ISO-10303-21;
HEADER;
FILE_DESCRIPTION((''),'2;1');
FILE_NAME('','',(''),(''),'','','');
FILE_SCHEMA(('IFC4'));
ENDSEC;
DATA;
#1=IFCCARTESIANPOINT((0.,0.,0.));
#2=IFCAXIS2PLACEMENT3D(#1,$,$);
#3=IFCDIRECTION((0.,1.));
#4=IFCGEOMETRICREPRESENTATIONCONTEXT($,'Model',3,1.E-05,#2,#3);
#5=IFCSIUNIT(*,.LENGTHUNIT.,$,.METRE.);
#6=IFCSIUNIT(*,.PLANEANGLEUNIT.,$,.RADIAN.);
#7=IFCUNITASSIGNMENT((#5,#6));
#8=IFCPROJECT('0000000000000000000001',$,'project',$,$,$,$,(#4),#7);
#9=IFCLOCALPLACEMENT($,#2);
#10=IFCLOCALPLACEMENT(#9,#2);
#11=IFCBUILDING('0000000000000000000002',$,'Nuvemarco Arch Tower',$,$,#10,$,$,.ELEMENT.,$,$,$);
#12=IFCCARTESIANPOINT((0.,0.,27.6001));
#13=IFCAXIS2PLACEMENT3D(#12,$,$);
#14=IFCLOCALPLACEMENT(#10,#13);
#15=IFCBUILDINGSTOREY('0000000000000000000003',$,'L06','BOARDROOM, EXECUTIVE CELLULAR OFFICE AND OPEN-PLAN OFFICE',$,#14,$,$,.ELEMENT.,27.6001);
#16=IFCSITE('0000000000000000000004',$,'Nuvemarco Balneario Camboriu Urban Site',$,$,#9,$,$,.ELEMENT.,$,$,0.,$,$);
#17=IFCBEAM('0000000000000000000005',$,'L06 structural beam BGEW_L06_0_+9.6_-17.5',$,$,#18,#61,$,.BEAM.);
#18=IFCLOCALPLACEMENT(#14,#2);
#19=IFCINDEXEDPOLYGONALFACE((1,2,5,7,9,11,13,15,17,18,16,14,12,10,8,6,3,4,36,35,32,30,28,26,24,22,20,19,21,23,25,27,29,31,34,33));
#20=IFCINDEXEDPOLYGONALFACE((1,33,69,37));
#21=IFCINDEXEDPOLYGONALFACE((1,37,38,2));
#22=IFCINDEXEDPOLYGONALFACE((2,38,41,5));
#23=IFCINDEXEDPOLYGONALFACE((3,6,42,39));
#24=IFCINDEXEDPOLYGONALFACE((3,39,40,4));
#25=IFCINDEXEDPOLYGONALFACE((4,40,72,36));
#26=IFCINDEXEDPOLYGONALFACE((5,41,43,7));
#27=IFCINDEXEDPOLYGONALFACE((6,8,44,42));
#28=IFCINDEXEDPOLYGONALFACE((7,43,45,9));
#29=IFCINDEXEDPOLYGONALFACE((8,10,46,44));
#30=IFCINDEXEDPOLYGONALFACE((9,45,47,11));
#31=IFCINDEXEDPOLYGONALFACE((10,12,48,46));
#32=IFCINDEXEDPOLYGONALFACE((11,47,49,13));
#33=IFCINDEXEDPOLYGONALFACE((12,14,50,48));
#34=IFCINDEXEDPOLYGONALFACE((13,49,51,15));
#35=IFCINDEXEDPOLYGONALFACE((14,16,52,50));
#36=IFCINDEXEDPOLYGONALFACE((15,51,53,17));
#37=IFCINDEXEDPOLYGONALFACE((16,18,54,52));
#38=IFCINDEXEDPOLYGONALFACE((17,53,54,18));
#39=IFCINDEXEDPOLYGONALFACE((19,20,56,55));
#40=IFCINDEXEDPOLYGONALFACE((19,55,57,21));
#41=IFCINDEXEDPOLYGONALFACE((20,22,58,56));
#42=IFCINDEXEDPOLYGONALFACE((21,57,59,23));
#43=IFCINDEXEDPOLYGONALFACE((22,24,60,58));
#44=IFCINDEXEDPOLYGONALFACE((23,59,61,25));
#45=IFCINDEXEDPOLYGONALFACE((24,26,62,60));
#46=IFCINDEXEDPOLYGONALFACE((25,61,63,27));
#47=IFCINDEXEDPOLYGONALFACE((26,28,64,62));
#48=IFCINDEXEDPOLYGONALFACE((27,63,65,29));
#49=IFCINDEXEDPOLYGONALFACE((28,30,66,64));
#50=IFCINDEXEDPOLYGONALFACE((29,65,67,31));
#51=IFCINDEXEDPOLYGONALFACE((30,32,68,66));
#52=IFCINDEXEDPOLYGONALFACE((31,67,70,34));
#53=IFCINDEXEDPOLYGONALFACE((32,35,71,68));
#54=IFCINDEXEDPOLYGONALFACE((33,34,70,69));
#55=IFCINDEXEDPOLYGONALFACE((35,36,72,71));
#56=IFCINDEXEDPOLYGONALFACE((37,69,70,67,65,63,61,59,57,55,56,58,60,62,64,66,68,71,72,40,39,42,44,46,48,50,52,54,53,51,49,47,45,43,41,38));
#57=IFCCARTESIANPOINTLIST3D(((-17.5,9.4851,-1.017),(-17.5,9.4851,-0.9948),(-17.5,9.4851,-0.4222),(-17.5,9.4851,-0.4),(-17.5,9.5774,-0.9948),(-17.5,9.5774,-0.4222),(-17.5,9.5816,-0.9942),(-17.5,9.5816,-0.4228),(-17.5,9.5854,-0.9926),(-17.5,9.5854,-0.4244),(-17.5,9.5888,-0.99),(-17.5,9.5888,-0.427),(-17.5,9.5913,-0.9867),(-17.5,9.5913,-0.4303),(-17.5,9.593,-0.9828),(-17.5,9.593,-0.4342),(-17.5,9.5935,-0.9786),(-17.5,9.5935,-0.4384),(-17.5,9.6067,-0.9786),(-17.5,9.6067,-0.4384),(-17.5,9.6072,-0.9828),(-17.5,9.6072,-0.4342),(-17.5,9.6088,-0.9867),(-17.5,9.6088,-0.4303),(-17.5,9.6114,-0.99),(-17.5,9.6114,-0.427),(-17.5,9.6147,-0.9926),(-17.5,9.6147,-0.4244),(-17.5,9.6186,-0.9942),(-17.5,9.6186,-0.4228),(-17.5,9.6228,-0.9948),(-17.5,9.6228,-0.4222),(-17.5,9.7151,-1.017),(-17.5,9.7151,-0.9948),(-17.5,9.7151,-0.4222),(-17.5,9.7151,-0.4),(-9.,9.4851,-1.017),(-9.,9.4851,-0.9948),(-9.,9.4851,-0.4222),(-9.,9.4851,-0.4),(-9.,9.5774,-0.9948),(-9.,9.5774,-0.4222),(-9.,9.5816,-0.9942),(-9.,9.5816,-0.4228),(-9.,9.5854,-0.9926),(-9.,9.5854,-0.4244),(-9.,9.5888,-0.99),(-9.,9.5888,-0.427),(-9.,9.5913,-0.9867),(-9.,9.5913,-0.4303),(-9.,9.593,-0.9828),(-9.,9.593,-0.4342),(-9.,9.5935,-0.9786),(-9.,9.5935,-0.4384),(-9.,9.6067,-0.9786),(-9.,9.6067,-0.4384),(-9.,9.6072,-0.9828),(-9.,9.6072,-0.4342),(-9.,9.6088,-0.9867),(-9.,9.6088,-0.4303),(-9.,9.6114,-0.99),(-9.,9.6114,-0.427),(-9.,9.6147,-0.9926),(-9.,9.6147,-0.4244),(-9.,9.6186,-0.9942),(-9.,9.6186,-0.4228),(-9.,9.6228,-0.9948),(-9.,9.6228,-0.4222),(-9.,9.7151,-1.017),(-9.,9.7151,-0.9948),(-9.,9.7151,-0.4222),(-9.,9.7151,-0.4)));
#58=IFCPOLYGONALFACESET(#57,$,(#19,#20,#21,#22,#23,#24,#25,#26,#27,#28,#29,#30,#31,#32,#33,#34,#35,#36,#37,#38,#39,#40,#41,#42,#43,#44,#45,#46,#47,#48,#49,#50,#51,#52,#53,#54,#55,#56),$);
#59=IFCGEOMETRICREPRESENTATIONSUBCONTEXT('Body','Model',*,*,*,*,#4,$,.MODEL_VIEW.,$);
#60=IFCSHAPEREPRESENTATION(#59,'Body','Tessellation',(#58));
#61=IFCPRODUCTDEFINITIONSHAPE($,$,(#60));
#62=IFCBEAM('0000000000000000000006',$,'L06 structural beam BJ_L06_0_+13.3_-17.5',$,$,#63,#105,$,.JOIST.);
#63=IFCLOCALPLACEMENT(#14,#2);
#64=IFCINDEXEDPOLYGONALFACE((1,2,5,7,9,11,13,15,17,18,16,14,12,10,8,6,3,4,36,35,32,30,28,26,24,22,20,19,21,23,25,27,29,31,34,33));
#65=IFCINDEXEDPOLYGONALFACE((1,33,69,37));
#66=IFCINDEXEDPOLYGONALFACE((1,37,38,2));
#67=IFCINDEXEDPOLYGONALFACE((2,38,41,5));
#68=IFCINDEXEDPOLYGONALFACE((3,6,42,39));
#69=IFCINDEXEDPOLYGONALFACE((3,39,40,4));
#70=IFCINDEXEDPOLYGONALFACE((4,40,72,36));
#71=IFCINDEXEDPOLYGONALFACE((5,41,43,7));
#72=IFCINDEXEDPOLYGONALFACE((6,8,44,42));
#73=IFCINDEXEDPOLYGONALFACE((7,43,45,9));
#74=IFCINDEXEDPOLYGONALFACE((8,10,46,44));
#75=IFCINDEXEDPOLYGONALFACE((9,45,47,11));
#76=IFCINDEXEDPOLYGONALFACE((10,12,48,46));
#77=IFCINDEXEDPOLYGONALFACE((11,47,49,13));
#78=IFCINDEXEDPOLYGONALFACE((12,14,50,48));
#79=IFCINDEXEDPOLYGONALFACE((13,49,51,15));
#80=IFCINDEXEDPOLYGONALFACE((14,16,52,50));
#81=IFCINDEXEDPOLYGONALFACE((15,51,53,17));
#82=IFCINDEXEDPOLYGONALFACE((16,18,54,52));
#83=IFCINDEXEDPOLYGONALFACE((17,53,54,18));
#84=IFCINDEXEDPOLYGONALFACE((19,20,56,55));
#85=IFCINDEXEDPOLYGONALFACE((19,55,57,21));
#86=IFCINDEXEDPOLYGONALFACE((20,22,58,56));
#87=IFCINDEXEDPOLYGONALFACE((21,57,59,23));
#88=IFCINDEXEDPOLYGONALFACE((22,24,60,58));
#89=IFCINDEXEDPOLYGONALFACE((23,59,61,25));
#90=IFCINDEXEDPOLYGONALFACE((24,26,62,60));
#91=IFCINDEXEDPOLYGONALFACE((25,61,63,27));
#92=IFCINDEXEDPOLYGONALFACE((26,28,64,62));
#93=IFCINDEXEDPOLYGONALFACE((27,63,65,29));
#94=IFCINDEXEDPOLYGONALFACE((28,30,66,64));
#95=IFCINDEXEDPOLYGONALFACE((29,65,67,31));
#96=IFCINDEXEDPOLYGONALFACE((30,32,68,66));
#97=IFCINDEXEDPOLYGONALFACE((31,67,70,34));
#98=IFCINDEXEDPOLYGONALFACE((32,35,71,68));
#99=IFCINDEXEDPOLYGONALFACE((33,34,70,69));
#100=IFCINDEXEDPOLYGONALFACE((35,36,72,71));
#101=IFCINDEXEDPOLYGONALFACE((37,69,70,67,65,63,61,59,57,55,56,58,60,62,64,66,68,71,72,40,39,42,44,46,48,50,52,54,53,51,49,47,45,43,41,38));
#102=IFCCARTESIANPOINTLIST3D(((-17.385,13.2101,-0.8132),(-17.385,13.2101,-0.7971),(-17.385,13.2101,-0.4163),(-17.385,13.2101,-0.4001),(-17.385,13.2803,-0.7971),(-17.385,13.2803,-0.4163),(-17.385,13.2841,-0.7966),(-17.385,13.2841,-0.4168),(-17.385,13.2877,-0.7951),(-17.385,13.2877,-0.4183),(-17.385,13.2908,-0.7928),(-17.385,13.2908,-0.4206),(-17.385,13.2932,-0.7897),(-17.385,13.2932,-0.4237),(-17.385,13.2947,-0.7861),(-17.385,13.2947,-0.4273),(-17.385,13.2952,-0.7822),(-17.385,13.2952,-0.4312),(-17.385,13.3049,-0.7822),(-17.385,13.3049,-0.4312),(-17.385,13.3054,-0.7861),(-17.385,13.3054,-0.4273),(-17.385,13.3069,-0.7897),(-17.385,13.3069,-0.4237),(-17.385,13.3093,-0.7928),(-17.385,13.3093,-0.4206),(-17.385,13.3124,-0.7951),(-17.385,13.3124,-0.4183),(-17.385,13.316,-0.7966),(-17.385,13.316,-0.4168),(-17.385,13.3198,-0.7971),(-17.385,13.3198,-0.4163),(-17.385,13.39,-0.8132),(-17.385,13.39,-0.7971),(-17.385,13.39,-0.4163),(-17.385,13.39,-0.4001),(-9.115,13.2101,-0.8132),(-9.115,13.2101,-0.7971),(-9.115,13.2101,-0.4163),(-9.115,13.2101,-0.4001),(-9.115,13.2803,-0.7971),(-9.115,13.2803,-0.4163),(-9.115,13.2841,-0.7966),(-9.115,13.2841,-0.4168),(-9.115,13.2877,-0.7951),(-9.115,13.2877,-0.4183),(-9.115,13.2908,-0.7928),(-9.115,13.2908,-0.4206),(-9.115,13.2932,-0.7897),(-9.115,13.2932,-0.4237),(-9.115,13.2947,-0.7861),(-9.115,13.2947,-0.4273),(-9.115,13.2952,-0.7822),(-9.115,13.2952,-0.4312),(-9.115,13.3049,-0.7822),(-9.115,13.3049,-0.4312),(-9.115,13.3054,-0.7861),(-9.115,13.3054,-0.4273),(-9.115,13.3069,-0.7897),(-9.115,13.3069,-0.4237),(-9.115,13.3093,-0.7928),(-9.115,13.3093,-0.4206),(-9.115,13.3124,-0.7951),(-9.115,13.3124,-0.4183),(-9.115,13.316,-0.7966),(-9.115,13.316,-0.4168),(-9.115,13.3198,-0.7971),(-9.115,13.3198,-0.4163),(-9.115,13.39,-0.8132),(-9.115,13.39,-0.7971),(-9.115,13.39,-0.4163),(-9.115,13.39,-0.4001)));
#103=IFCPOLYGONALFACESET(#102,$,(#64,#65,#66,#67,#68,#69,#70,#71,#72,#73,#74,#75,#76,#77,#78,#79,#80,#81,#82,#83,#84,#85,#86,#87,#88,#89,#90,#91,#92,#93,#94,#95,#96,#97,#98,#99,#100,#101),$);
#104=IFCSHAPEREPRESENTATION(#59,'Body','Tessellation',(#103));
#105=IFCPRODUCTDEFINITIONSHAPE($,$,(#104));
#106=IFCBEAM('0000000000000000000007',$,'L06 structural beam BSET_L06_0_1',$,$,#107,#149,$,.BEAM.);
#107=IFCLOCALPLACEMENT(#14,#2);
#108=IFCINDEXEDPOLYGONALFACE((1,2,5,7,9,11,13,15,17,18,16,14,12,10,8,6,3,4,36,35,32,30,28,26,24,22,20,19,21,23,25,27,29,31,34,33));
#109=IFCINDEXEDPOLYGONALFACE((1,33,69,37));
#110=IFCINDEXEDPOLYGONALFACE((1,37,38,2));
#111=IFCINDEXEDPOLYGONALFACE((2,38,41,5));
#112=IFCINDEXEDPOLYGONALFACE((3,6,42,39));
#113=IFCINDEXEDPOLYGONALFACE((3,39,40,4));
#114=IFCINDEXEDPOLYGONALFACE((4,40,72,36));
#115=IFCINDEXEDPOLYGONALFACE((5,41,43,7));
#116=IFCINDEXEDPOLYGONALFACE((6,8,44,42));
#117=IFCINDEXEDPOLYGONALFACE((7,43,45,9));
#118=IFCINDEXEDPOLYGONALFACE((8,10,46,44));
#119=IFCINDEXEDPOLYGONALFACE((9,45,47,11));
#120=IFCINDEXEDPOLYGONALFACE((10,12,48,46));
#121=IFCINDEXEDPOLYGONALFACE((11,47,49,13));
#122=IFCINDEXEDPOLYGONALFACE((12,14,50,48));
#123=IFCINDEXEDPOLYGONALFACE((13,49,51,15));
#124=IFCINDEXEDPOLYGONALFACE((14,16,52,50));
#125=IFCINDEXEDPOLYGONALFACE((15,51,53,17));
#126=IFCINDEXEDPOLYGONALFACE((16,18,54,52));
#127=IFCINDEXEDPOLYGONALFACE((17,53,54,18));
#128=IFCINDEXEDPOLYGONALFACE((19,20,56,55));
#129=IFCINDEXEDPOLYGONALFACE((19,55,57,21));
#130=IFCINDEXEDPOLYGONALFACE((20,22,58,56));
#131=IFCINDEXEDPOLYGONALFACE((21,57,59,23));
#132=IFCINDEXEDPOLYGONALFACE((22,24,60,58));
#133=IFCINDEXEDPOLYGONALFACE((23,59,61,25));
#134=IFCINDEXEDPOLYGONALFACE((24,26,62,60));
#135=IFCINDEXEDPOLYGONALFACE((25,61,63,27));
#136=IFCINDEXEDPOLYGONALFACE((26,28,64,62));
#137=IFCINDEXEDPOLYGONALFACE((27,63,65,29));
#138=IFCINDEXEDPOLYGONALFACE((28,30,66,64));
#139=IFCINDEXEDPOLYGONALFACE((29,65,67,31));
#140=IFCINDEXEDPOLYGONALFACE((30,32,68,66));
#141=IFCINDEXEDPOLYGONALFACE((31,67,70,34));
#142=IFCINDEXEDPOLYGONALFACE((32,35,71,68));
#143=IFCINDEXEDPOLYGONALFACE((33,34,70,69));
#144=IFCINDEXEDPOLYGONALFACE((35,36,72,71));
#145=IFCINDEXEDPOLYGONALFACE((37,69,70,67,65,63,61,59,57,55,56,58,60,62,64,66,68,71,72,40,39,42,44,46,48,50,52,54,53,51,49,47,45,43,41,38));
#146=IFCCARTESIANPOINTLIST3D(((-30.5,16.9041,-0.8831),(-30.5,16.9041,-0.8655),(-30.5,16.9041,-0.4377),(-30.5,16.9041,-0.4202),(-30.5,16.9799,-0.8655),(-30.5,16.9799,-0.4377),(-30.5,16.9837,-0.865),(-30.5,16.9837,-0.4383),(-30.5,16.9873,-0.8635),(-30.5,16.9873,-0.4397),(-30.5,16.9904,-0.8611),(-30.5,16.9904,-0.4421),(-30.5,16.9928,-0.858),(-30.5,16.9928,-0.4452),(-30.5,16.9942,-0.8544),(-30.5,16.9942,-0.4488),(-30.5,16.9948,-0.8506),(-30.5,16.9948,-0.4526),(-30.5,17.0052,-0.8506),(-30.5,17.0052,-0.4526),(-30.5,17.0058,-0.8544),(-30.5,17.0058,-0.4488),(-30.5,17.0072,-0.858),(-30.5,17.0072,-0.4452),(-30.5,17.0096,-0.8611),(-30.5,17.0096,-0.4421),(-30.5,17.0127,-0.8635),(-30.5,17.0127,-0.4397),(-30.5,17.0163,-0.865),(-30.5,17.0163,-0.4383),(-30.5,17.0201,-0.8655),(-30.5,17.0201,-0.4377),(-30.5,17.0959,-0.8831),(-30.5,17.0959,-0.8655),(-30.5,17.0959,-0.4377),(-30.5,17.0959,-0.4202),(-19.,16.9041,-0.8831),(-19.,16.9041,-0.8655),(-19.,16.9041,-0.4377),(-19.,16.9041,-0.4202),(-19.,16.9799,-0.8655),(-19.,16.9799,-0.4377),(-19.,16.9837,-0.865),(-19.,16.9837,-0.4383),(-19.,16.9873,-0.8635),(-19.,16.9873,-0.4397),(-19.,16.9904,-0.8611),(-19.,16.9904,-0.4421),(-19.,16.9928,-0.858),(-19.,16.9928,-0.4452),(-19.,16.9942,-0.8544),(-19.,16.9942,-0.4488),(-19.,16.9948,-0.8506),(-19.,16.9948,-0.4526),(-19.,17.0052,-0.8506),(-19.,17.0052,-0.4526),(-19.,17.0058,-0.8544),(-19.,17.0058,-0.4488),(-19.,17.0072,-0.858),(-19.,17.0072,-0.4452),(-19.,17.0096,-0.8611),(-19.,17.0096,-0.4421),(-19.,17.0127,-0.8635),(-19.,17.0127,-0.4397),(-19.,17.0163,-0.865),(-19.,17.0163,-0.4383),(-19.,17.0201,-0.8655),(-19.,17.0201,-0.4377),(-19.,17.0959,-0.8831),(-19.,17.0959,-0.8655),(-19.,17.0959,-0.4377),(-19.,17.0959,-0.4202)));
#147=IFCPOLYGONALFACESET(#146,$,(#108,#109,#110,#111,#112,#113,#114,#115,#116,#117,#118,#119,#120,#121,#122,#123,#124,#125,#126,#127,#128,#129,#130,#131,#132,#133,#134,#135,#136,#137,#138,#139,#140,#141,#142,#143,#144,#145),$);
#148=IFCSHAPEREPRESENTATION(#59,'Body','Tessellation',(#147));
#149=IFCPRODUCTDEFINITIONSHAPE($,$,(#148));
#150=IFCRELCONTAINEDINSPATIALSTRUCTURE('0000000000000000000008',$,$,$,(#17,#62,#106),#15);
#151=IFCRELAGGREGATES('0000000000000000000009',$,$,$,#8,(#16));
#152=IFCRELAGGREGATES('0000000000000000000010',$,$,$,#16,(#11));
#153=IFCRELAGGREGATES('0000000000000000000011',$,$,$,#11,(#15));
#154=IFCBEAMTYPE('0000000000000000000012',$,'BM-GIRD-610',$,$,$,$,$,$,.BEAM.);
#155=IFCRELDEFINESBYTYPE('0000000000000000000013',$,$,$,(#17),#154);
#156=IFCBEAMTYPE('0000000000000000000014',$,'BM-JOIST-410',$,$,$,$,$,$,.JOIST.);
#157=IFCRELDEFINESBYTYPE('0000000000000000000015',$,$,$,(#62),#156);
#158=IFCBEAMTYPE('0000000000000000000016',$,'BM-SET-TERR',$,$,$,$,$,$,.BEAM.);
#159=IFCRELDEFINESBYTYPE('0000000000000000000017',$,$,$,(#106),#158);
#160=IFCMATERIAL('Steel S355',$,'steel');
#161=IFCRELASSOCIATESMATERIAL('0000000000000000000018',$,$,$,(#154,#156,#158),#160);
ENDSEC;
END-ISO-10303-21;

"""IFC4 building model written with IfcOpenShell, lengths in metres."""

from ifc_helpers import new_model, si_unit, direction, frame, origin, origin_2d, place, context, subcontext, project, spatial, i_section, extrude, material, material_profile, profile_set, type_object, element, save


model = new_model("IFC4")

# Units and contexts
model_context = context("Model", 3, precision=1e-05, world=origin(), true_north=direction((0.0, 1.0)))
body_context = subcontext(model_context, "Body", "Model", "MODEL_VIEW")
ifc_project = project(units=[si_unit("LENGTHUNIT", "METRE"), si_unit("PLANEANGLEUNIT", "RADIAN")], contexts=[model_context])

# Site, building, storey
site_placement = place(None, origin())
site = spatial("IfcSite", under=ifc_project, at=site_placement, Name="Nuvemarco Balneario Camboriu Urban Site", CompositionType="ELEMENT", RefElevation=0.0)
building_placement = place(site_placement, origin())
building = spatial("IfcBuilding", under=site, at=building_placement, Name="Nuvemarco Arch Tower", CompositionType="ELEMENT")
storey_placement = place(building_placement, frame((0.0, 0.0, 27.6001)))
storey = spatial("IfcBuildingStorey", under=building, at=storey_placement, Name="L06", Description="BOARDROOM, EXECUTIVE CELLULAR OFFICE AND OPEN-PLAN OFFICE", CompositionType="ELEMENT", Elevation=27.6001)

# Shared definitions
ifc_material_1 = material(Name="Steel S355", Category="steel")

# Beams
ifc_material_profile_1 = material_profile(ifc_material_1, i_section(OverallWidth=0.23, OverallDepth=0.6169, WebThickness=0.0132, FlangeThickness=0.0222, FilletRadius=0.0161, at=origin_2d()), Name="W610x140")
ifc_profile_set_1 = profile_set([ifc_material_profile_1], Name="Steel S355")
beam_type_1 = type_object("IfcBeamType", Name="BM-GIRD-610", PredefinedType="BEAM", material=ifc_profile_set_1)
beam_1_placement = place(storey_placement, frame((-17.5, 9.6001, -0.7085), z_axis=(1.0, 0.0, 0.0), x_axis=(0.0, 1.0, 0.0)))
element("IfcBeam", 1, at=beam_1_placement, inside=storey, type_object=beam_type_1, Name="L06 structural beam BGEW_L06_0_+9.6_-17.5", PredefinedType="BEAM", context=body_context, shape_type="SweptSolid", body=[
    extrude(i_section(OverallWidth=0.23, OverallDepth=0.6169, WebThickness=0.0132, FlangeThickness=0.0222, FilletRadius=0.0161, at=origin_2d()), origin(), (0.0, 0.0, 1.0), 8.5),
])
ifc_material_profile_2 = material_profile(ifc_material_1, i_section(OverallWidth=0.1799, OverallDepth=0.4131, WebThickness=0.0098, FlangeThickness=0.0161, FilletRadius=0.0149, at=origin_2d()), Name="W410x75")
ifc_profile_set_2 = profile_set([ifc_material_profile_2], Name="Steel S355")
beam_type_2 = type_object("IfcBeamType", Name="BM-JOIST-410", PredefinedType="JOIST", material=ifc_profile_set_2)
beam_2_placement = place(storey_placement, frame((-17.385, 13.3, -0.6067), z_axis=(1.0, 0.0, 0.0), x_axis=(0.0, 1.0, 0.0)))
element("IfcBeam", 2, at=beam_2_placement, inside=storey, type_object=beam_type_2, Name="L06 structural beam BJ_L06_0_+13.3_-17.5", PredefinedType="JOIST", context=body_context, shape_type="SweptSolid", body=[
    extrude(i_section(OverallWidth=0.1799, OverallDepth=0.4131, WebThickness=0.0098, FlangeThickness=0.0161, FilletRadius=0.0149, at=origin_2d()), origin(), (0.0, 0.0, 1.0), 8.27),
])
ifc_material_profile_3 = material_profile(ifc_material_1, i_section(OverallWidth=0.1919, OverallDepth=0.4629, WebThickness=0.0105, FlangeThickness=0.0176, FilletRadius=0.0149, at=origin_2d()), Name="W460x89")
ifc_profile_set_3 = profile_set([ifc_material_profile_3], Name="Steel S355")
beam_type_3 = type_object("IfcBeamType", Name="BM-SET-TERR", PredefinedType="BEAM", material=ifc_profile_set_3)
beam_3_placement = place(storey_placement, frame((-30.5, 17.0, -0.6516), z_axis=(1.0, 0.0, 0.0), x_axis=(0.0, 1.0, 0.0)))
element("IfcBeam", 3, at=beam_3_placement, inside=storey, type_object=beam_type_3, Name="L06 structural beam BSET_L06_0_1", PredefinedType="BEAM", context=body_context, shape_type="SweptSolid", body=[
    extrude(i_section(OverallWidth=0.1919, OverallDepth=0.4629, WebThickness=0.0105, FlangeThickness=0.0176, FilletRadius=0.0149, at=origin_2d()), origin(), (0.0, 0.0, 1.0), 11.5),
])

save(model, "model.ifc")
